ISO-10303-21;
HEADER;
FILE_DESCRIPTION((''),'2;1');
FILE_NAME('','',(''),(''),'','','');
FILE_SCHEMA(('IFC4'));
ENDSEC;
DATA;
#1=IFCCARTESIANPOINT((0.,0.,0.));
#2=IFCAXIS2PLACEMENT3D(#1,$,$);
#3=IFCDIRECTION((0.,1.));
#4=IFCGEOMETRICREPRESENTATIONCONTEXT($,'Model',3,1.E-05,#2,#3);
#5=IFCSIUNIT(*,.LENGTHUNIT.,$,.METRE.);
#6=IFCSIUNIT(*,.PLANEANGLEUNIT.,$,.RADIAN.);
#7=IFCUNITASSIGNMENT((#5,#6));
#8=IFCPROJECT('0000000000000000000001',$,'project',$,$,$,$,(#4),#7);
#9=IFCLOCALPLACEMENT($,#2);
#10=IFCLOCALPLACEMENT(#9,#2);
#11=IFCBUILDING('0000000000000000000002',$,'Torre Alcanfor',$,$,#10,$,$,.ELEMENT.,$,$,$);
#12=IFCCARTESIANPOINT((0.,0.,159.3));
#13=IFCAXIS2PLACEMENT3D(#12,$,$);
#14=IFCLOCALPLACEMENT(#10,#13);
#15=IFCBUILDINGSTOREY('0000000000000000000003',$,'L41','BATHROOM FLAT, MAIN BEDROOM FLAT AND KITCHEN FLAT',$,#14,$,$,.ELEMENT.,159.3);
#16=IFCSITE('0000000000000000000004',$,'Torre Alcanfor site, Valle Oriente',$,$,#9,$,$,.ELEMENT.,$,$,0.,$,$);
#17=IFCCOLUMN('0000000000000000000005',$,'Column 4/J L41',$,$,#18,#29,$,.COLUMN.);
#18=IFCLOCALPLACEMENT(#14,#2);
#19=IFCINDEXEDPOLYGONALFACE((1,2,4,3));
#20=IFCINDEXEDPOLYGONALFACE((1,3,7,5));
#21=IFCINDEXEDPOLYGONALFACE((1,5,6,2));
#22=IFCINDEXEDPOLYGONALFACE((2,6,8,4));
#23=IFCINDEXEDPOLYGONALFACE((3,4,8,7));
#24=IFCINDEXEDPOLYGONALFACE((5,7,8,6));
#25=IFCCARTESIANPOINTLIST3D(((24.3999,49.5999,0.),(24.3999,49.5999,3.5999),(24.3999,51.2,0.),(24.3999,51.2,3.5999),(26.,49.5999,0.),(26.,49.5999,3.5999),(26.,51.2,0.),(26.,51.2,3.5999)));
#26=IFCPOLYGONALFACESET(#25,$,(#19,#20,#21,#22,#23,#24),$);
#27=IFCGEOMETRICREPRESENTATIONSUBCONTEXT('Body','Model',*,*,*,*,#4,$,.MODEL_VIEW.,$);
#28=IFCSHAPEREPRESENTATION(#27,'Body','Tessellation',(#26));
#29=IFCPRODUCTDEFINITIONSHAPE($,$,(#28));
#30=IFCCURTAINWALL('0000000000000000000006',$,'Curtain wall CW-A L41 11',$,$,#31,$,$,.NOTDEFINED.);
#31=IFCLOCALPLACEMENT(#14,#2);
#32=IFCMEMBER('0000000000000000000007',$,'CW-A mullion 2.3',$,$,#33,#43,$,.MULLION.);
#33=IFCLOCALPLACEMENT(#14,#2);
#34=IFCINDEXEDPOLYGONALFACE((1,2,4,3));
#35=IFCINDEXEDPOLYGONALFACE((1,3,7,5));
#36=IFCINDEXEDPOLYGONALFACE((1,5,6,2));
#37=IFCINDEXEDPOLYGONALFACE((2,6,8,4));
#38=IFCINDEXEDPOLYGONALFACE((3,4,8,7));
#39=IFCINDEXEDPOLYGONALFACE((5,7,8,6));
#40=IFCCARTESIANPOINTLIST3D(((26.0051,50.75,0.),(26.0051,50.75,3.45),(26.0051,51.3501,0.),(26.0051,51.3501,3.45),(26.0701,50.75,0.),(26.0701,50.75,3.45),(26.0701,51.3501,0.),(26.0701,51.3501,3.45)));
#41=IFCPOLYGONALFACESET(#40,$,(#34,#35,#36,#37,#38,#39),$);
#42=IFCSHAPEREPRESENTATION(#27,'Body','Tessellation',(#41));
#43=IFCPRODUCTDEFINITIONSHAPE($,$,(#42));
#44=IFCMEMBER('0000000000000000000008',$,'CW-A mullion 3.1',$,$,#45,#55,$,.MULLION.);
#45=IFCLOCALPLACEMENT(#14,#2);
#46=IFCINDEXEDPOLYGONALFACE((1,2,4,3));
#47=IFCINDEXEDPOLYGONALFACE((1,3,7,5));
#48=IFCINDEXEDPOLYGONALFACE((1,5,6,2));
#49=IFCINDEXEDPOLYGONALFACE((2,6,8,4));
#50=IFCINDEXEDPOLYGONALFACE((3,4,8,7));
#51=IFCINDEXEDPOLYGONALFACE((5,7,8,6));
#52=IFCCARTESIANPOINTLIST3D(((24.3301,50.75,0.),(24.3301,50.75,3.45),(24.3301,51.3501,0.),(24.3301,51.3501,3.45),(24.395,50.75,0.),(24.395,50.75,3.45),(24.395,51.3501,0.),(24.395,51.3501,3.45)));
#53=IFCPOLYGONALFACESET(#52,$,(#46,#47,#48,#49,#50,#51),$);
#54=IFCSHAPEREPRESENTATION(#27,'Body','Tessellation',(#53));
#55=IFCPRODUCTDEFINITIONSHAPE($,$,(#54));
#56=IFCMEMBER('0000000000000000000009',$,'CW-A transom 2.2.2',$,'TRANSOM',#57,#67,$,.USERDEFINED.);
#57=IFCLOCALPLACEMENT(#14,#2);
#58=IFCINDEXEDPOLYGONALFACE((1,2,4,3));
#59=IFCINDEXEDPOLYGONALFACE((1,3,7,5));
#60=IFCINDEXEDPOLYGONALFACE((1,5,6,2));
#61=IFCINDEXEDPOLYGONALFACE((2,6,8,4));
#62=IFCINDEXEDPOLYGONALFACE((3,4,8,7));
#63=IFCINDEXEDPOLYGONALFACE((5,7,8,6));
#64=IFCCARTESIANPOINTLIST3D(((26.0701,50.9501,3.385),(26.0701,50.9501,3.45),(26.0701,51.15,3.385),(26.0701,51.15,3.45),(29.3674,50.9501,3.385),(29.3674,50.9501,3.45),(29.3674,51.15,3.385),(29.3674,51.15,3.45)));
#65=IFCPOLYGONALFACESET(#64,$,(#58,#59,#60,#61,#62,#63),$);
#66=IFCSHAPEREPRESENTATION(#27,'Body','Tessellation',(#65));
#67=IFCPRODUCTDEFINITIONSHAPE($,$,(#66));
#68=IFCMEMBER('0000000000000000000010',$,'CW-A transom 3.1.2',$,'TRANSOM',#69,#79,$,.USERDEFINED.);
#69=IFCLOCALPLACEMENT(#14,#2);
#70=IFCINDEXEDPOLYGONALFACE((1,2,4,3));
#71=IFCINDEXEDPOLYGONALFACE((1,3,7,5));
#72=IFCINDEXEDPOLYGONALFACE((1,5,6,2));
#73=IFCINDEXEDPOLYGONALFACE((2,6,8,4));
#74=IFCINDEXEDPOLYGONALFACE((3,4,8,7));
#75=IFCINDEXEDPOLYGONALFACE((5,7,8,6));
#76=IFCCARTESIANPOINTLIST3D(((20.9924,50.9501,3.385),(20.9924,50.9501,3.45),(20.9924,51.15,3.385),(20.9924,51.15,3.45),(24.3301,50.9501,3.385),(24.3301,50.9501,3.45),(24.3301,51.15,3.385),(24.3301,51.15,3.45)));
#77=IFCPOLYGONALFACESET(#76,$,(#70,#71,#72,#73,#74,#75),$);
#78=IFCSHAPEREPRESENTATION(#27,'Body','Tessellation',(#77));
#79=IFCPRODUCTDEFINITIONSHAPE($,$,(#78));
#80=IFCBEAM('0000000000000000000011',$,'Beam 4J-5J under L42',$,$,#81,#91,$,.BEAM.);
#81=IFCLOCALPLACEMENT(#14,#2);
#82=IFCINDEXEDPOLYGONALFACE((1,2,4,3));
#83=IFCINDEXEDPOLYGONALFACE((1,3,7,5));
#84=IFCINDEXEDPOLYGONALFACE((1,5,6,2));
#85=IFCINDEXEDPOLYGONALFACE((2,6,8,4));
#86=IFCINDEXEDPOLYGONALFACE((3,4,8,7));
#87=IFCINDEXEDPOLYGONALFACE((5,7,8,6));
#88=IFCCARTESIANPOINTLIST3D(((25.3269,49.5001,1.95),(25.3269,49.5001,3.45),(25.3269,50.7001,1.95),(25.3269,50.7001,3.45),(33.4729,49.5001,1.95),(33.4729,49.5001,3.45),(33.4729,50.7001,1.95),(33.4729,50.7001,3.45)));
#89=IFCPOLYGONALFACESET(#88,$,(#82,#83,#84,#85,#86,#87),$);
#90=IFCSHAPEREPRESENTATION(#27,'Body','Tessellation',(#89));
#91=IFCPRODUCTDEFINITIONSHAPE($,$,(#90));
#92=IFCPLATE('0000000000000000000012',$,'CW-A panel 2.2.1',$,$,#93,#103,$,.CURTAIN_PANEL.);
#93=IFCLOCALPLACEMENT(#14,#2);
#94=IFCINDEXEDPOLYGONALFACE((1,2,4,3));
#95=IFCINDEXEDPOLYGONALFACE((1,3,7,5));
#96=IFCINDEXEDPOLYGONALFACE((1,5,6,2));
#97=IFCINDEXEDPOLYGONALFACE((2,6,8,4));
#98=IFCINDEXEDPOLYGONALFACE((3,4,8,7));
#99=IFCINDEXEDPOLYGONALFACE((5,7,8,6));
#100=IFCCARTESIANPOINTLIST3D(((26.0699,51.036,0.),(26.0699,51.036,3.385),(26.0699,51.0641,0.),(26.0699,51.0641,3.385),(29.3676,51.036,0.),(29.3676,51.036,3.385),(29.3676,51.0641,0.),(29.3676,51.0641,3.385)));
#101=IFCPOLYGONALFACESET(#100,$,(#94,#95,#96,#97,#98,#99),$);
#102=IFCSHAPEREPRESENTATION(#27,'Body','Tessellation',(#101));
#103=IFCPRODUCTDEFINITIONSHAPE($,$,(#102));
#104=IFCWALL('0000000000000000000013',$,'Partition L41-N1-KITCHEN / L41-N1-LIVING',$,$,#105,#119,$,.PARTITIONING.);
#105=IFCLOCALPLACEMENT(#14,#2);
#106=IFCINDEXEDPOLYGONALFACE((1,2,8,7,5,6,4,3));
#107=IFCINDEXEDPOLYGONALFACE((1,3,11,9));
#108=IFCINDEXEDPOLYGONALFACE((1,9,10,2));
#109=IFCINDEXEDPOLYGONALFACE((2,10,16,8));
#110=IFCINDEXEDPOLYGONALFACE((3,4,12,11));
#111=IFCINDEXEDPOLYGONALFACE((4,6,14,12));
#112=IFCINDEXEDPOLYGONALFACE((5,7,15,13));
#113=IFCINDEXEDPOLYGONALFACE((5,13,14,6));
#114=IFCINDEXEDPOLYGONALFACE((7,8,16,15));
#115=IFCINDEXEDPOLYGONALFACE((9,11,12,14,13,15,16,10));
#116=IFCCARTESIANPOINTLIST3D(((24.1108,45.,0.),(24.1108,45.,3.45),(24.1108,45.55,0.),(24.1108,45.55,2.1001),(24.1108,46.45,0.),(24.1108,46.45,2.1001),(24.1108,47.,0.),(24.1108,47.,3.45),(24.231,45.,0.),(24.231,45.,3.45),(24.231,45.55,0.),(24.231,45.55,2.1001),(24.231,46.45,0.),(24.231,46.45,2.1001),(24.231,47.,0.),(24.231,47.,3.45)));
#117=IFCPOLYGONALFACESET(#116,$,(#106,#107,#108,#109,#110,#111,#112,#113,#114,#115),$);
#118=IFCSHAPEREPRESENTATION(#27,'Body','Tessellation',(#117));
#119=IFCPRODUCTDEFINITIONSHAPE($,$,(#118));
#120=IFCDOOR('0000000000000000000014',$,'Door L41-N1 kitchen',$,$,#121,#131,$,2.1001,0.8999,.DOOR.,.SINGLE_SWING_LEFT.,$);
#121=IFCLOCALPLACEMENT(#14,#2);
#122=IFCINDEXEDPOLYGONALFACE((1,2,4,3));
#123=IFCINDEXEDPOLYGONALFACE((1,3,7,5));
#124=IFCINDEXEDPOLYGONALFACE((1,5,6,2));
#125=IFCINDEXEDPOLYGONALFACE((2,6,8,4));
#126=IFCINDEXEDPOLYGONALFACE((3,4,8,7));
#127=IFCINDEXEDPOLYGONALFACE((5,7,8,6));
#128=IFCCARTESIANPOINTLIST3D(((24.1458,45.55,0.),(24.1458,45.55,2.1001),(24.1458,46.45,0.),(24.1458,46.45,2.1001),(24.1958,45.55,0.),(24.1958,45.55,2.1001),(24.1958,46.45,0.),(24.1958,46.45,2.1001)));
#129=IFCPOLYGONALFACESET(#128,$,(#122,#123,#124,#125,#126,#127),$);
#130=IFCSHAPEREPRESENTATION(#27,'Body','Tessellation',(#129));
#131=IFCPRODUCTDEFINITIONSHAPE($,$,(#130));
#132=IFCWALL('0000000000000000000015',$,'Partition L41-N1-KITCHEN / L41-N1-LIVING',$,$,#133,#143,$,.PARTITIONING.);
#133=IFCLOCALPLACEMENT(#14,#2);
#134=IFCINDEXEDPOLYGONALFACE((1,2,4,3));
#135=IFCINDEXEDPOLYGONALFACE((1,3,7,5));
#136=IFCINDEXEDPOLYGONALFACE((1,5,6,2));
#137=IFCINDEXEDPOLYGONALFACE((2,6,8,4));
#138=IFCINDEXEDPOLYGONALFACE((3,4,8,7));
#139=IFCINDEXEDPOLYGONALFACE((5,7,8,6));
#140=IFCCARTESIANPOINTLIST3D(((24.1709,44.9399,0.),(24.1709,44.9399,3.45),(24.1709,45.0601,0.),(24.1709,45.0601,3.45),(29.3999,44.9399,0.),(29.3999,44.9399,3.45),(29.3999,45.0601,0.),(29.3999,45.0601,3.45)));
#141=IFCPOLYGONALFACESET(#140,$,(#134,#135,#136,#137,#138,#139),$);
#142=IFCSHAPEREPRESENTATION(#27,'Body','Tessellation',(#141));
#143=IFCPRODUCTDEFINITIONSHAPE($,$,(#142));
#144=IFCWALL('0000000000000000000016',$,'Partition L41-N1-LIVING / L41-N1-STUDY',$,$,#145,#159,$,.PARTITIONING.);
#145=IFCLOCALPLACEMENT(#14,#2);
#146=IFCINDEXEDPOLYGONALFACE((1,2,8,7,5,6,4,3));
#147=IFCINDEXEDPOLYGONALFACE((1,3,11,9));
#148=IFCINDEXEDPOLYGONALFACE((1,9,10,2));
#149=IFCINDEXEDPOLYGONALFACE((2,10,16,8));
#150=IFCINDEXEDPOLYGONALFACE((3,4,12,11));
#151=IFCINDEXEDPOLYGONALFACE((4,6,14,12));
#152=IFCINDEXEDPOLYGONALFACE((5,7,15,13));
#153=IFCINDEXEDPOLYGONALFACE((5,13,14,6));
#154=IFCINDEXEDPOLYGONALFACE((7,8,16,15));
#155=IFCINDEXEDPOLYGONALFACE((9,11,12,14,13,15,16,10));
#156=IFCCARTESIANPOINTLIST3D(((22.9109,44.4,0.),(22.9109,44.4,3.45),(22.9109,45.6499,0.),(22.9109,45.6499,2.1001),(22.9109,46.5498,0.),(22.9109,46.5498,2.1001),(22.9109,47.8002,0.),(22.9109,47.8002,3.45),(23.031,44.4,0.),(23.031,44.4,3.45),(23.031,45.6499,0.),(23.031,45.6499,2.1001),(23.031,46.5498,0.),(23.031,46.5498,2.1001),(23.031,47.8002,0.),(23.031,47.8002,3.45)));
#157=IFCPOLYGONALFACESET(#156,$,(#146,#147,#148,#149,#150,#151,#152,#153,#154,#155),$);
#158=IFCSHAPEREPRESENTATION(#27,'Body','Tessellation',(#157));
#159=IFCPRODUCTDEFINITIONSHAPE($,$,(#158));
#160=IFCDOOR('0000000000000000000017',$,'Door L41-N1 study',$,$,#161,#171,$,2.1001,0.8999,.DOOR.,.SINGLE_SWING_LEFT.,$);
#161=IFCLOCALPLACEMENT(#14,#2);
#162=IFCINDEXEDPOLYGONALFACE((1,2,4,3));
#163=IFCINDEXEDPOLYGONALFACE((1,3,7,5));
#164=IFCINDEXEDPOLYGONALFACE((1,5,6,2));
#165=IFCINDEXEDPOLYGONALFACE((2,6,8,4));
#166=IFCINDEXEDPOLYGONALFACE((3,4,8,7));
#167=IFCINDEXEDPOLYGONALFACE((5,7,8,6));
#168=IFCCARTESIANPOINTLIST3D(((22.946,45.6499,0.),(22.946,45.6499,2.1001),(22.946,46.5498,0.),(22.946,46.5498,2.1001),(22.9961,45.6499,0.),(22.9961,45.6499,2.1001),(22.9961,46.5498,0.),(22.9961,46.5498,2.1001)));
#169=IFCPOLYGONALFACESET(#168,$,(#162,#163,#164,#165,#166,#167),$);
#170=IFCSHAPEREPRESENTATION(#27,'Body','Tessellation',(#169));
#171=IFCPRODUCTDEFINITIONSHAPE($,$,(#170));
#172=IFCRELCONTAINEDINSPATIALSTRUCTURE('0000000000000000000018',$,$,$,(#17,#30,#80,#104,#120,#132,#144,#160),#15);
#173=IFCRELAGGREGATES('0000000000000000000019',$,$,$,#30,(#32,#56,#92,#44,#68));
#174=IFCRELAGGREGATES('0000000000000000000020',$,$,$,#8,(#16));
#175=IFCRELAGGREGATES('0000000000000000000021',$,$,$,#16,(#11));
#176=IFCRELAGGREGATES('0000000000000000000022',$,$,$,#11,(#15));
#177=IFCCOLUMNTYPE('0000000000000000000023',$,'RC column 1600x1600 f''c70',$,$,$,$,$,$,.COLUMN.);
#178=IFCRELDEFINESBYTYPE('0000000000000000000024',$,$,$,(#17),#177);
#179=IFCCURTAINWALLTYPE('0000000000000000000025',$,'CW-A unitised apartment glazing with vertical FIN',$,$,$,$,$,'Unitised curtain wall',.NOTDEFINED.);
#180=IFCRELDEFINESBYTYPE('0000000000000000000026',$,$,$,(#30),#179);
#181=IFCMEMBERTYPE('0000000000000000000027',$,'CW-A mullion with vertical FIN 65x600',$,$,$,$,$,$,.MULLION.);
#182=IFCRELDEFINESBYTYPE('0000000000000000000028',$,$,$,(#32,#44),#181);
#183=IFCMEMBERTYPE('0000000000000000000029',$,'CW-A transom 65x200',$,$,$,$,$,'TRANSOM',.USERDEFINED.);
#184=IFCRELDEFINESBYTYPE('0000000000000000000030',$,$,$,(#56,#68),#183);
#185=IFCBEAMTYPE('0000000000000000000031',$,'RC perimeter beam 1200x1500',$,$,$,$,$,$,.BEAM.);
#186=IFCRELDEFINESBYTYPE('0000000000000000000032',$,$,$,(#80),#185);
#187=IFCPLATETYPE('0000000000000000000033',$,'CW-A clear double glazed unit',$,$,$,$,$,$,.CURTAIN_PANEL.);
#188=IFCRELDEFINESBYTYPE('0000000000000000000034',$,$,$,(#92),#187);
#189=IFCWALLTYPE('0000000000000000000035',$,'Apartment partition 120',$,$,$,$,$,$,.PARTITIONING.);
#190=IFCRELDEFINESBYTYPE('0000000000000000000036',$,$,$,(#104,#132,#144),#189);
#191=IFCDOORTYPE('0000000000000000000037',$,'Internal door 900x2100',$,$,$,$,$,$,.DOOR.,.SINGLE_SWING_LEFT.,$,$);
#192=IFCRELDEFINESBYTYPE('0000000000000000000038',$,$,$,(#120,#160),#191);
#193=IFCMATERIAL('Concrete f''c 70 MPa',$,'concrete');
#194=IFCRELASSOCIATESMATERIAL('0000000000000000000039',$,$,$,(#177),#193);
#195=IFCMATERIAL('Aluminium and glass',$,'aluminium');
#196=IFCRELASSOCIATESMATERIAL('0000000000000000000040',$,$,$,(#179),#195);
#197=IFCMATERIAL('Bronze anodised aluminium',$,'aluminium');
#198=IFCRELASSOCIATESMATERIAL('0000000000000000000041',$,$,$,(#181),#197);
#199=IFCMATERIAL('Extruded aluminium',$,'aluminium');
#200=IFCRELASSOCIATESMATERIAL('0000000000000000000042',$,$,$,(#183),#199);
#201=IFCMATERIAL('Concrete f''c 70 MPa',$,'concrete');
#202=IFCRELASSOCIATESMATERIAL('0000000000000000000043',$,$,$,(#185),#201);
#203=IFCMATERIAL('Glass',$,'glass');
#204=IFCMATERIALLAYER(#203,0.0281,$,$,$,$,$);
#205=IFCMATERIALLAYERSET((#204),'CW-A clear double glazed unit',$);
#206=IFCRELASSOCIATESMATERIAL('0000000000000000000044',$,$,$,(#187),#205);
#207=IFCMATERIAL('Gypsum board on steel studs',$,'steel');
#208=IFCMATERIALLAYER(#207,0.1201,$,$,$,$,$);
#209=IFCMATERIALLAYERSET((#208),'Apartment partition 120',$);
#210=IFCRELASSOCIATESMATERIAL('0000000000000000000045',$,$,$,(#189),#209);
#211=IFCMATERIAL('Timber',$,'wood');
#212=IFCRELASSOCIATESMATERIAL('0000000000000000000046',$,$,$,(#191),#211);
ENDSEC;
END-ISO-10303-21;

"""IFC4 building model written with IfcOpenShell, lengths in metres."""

from ifc_helpers import new_model, si_unit, direction, frame, frame_2d, origin, origin_2d, place, context, subcontext, project, spatial, rectangle, extrude, material, layer, layer_set, material_profile, profile_set, type_object, element, fill, aggregate, save


model = new_model("IFC4")

# Units and contexts
model_context = context("Model", 3, precision=1e-05, world=origin(), true_north=direction((0.0, 1.0)))
body_context = subcontext(model_context, "Body", "Model", "MODEL_VIEW")
ifc_project = project(units=[si_unit("LENGTHUNIT", "METRE"), si_unit("PLANEANGLEUNIT", "RADIAN")], contexts=[model_context])

# Site, building, storey
site_placement = place(None, origin())
site = spatial("IfcSite", under=ifc_project, at=site_placement, Name="Torre Alcanfor site, Valle Oriente", CompositionType="ELEMENT", RefElevation=0.0)
building_placement = place(site_placement, origin())
building = spatial("IfcBuilding", under=site, at=building_placement, Name="Torre Alcanfor", CompositionType="ELEMENT")
storey_placement = place(building_placement, frame((0.0, 0.0, 159.3)))
storey = spatial("IfcBuildingStorey", under=building, at=storey_placement, Name="L41", Description="BATHROOM FLAT, MAIN BEDROOM FLAT AND KITCHEN FLAT", CompositionType="ELEMENT", Elevation=159.3)

# Column
ifc_material_1 = material(Name="Concrete f'c 70 MPa", Category="concrete")
ifc_material_profile_1 = material_profile(ifc_material_1, rectangle(XDim=1.6001, YDim=1.6001, at=origin_2d()), Name="1600x1600")
ifc_profile_set_1 = profile_set([ifc_material_profile_1], Name="Concrete f'c 70 MPa")
column_type = type_object("IfcColumnType", Name="RC column 1600x1600 f'c70", PredefinedType="COLUMN", material=ifc_profile_set_1)
column_placement = place(storey_placement, frame((25.2, 50.3999, 0.0), z_axis=(0.0, 0.0, 1.0), x_axis=(1.0, 0.0, 0.0)))
element("IfcColumn", 1, at=column_placement, inside=storey, type_object=column_type, Name="Column 4/J L41", PredefinedType="COLUMN", context=body_context, shape_type="SweptSolid", body=[
    extrude(rectangle(XDim=1.6001, YDim=1.6001, at=origin_2d()), origin(), (0.0, 0.0, 1.0), 3.5999),
])

# Curtain wall, members
ifc_material_2 = material(Name="Aluminium and glass", Category="aluminium")
curtain_wall_type = type_object("IfcCurtainWallType", Name="CW-A unitised apartment glazing with vertical FIN", ElementType="Unitised curtain wall", PredefinedType="NOTDEFINED", material=ifc_material_2)
curtain_wall_placement = place(storey_placement, origin())
curtain_wall = element("IfcCurtainWall", 2, at=curtain_wall_placement, inside=storey, type_object=curtain_wall_type, Name="Curtain wall CW-A L41 11", PredefinedType="NOTDEFINED")
ifc_material_3 = material(Name="Bronze anodised aluminium", Category="aluminium")
ifc_material_profile_2 = material_profile(ifc_material_3, rectangle(XDim=0.6001, YDim=0.0649, at=origin_2d()), Name="CW-A mullion 65x600")
ifc_profile_set_2 = profile_set([ifc_material_profile_2], Name="Bronze anodised aluminium")
member_type_1 = type_object("IfcMemberType", Name="CW-A mullion with vertical FIN 65x600", PredefinedType="MULLION", material=ifc_profile_set_2)
member_1_placement = place(storey_placement, frame((26.0376, 51.05, 0.0), z_axis=(0.0, 0.0, 1.0), x_axis=(0.0, -1.0, 0.0)))
member_1 = element("IfcMember", 3, at=member_1_placement, type_object=member_type_1, Name="CW-A mullion 2.3", PredefinedType="MULLION", context=body_context, shape_type="SweptSolid", body=[
    extrude(rectangle(XDim=0.6001, YDim=0.0649, at=origin_2d()), origin(), (0.0, 0.0, 1.0), 3.45),
])
member_2_placement = place(storey_placement, frame((24.3625, 51.05, 0.0), z_axis=(0.0, 0.0, 1.0), x_axis=(0.0, -1.0, 0.0)))
member_2 = element("IfcMember", 4, at=member_2_placement, type_object=member_type_1, Name="CW-A mullion 3.1", PredefinedType="MULLION", context=body_context, shape_type="SweptSolid", body=[
    extrude(rectangle(XDim=0.6001, YDim=0.0649, at=origin_2d()), origin(), (0.0, 0.0, 1.0), 3.45),
])
ifc_material_4 = material(Name="Extruded aluminium", Category="aluminium")
ifc_material_profile_3 = material_profile(ifc_material_4, rectangle(XDim=0.2, YDim=0.0649, at=origin_2d()), Name="CW-A transom 200x65")
ifc_profile_set_3 = profile_set([ifc_material_profile_3], Name="Extruded aluminium")
member_type_2 = type_object("IfcMemberType", Name="CW-A transom 65x200", ElementType="TRANSOM", PredefinedType="USERDEFINED", material=ifc_profile_set_3)
member_3_placement = place(storey_placement, frame((29.3674, 51.05, 3.4175), z_axis=(-1.0, 0.0, 0.0), x_axis=(0.0, -1.0, 0.0)))
member_3 = element("IfcMember", 5, at=member_3_placement, type_object=member_type_2, Name="CW-A transom 2.2.2", ObjectType="TRANSOM", PredefinedType="USERDEFINED", context=body_context, shape_type="SweptSolid", body=[
    extrude(rectangle(XDim=0.2, YDim=0.0649, at=origin_2d()), origin(), (0.0, 0.0, 1.0), 3.2974),
])
member_4_placement = place(storey_placement, frame((24.3301, 51.05, 3.4175), z_axis=(-1.0, 0.0, 0.0), x_axis=(0.0, -1.0, 0.0)))
member_4 = element("IfcMember", 6, at=member_4_placement, type_object=member_type_2, Name="CW-A transom 3.1.2", ObjectType="TRANSOM", PredefinedType="USERDEFINED", context=body_context, shape_type="SweptSolid", body=[
    extrude(rectangle(XDim=0.2, YDim=0.0649, at=origin_2d()), origin(), (0.0, 0.0, 1.0), 3.3376),
])

# Beam
ifc_material_5 = material(Name="Concrete f'c 70 MPa", Category="concrete")
ifc_material_profile_4 = material_profile(ifc_material_5, rectangle(XDim=1.2, YDim=1.5, at=origin_2d()), Name="1200x1500")
ifc_profile_set_4 = profile_set([ifc_material_profile_4], Name="Concrete f'c 70 MPa")
beam_type = type_object("IfcBeamType", Name="RC perimeter beam 1200x1500", PredefinedType="BEAM", material=ifc_profile_set_4)
beam_placement = place(storey_placement, frame((25.3269, 50.1001, 2.7), z_axis=(1.0, 0.0, 0.0), x_axis=(0.0, 1.0, 0.0)))
element("IfcBeam", 7, at=beam_placement, inside=storey, type_object=beam_type, Name="Beam 4J-5J under L42", PredefinedType="BEAM", context=body_context, shape_type="SweptSolid", body=[
    extrude(rectangle(XDim=1.2, YDim=1.5, at=origin_2d()), origin(), (0.0, 0.0, 1.0), 8.146),
])

# Plate
ifc_material_6 = material(Name="Glass", Category="glass")
ifc_layer_1 = layer(ifc_material_6, 0.0281)
ifc_layer_set_1 = layer_set([ifc_layer_1], Name="CW-A clear double glazed unit")
plate_type = type_object("IfcPlateType", Name="CW-A clear double glazed unit", PredefinedType="CURTAIN_PANEL", material=ifc_layer_set_1)
plate_placement = place(storey_placement, frame((27.7188, 51.05, 0.0), z_axis=(0.0, 0.0, 1.0), x_axis=(-1.0, 0.0, 0.0)))
plate = element("IfcPlate", 8, at=plate_placement, type_object=plate_type, Name="CW-A panel 2.2.1", PredefinedType="CURTAIN_PANEL", context=body_context, shape_type="SweptSolid", body=[
    extrude(rectangle(XDim=3.2976, YDim=0.0281, at=origin_2d()), origin(), (0.0, 0.0, 1.0), 3.385),
])
aggregate(curtain_wall, [member_1, member_3, plate, member_2, member_4])

# Wall, opening, door
ifc_material_7 = material(Name="Gypsum board on steel studs", Category="steel")
ifc_layer_2 = layer(ifc_material_7, 0.1201)
ifc_layer_set_2 = layer_set([ifc_layer_2], Name="Apartment partition 120")
wall_type_1 = type_object("IfcWallType", Name="Apartment partition 120", PredefinedType="PARTITIONING", material=ifc_layer_set_2)
wall_1_placement = place(storey_placement, frame((24.1709, 47.0, 0.0), z_axis=(0.0, 0.0, 1.0), x_axis=(0.0, -1.0, 0.0)))
wall_1 = element("IfcWall", 9, at=wall_1_placement, inside=storey, type_object=wall_type_1, Name="Partition L41-N1-KITCHEN / L41-N1-LIVING", PredefinedType="PARTITIONING", context=body_context, shape_type="SweptSolid", body=[
    extrude(rectangle(XDim=2.0, YDim=0.1201, at=frame_2d((1.0, 0.0))), origin(), (0.0, 0.0, 1.0), 3.45),
])
opening_1_placement = place(wall_1_placement, frame((0.55, 0.0, 0.0)))
opening_1 = element("IfcOpeningElement", 10, at=opening_1_placement, cuts=wall_1, PredefinedType="OPENING", context=body_context, shape_type="SweptSolid", body=[
    extrude(rectangle(XDim=0.8999, YDim=2.1001, at=frame_2d((0.45, 1.05))), frame((0.0, 0.0701, 0.0), z_axis=(0.0, -1.0, 0.0), x_axis=(1.0, 0.0, 0.0)), (0.0, 0.0, 1.0), 0.1401),
])
ifc_material_8 = material(Name="Timber", Category="wood")
door_type = type_object("IfcDoorType", Name="Internal door 900x2100", OperationType="SINGLE_SWING_LEFT", PredefinedType="DOOR", material=ifc_material_8)
door_1_placement = place(opening_1_placement, origin())
door_1 = element("IfcDoor", 11, at=door_1_placement, inside=storey, type_object=door_type, Name="Door L41-N1 kitchen", OperationType="SINGLE_SWING_LEFT", OverallHeight=2.1001, OverallWidth=0.8999, PredefinedType="DOOR", context=body_context, shape_type="SweptSolid", body=[
    extrude(rectangle(XDim=0.8999, YDim=2.1001, at=frame_2d((0.45, 1.05))), frame((0.0, 0.0249, 0.0), z_axis=(0.0, -1.0, 0.0), x_axis=(1.0, 0.0, 0.0)), (0.0, 0.0, 1.0), 0.05),
])
fill(opening_1, door_1)

# Wall
wall_2_placement = place(storey_placement, frame((24.1709, 45.0, 0.0), z_axis=(0.0, 0.0, 1.0), x_axis=(1.0, 0.0, 0.0)))
element("IfcWall", 12, at=wall_2_placement, inside=storey, type_object=wall_type_1, Name="Partition L41-N1-KITCHEN / L41-N1-LIVING", PredefinedType="PARTITIONING", context=body_context, shape_type="SweptSolid", body=[
    extrude(rectangle(XDim=5.229, YDim=0.1201, at=frame_2d((2.6145, 0.0))), origin(), (0.0, 0.0, 1.0), 3.45),
])

# Wall, opening, door
wall_3_placement = place(storey_placement, frame((22.9709, 44.3999, 0.0), z_axis=(0.0, 0.0, 1.0), x_axis=(0.0, 1.0, 0.0)))
wall_3 = element("IfcWall", 13, at=wall_3_placement, inside=storey, type_object=wall_type_1, Name="Partition L41-N1-LIVING / L41-N1-STUDY", PredefinedType="PARTITIONING", context=body_context, shape_type="SweptSolid", body=[
    extrude(rectangle(XDim=3.4001, YDim=0.1201, at=frame_2d((1.7002, 0.0))), origin(), (0.0, 0.0, 1.0), 3.45),
])
opening_2_placement = place(wall_3_placement, frame((1.25, 0.0, 0.0)))
opening_2 = element("IfcOpeningElement", 14, at=opening_2_placement, cuts=wall_3, PredefinedType="OPENING", context=body_context, shape_type="SweptSolid", body=[
    extrude(rectangle(XDim=0.8999, YDim=2.1001, at=frame_2d((0.45, 1.05))), frame((0.0, 0.0701, 0.0), z_axis=(0.0, -1.0, 0.0), x_axis=(1.0, 0.0, 0.0)), (0.0, 0.0, 1.0), 0.1401),
])
door_2_placement = place(opening_2_placement, origin())
door_2 = element("IfcDoor", 15, at=door_2_placement, inside=storey, type_object=door_type, Name="Door L41-N1 study", OperationType="SINGLE_SWING_LEFT", OverallHeight=2.1001, OverallWidth=0.8999, PredefinedType="DOOR", context=body_context, shape_type="SweptSolid", body=[
    extrude(rectangle(XDim=0.8999, YDim=2.1001, at=frame_2d((0.45, 1.05))), frame((0.0, 0.0249, 0.0), z_axis=(0.0, -1.0, 0.0), x_axis=(1.0, 0.0, 0.0)), (0.0, 0.0, 1.0), 0.05),
])
fill(opening_2, door_2)

save(model, "model.ifc")
